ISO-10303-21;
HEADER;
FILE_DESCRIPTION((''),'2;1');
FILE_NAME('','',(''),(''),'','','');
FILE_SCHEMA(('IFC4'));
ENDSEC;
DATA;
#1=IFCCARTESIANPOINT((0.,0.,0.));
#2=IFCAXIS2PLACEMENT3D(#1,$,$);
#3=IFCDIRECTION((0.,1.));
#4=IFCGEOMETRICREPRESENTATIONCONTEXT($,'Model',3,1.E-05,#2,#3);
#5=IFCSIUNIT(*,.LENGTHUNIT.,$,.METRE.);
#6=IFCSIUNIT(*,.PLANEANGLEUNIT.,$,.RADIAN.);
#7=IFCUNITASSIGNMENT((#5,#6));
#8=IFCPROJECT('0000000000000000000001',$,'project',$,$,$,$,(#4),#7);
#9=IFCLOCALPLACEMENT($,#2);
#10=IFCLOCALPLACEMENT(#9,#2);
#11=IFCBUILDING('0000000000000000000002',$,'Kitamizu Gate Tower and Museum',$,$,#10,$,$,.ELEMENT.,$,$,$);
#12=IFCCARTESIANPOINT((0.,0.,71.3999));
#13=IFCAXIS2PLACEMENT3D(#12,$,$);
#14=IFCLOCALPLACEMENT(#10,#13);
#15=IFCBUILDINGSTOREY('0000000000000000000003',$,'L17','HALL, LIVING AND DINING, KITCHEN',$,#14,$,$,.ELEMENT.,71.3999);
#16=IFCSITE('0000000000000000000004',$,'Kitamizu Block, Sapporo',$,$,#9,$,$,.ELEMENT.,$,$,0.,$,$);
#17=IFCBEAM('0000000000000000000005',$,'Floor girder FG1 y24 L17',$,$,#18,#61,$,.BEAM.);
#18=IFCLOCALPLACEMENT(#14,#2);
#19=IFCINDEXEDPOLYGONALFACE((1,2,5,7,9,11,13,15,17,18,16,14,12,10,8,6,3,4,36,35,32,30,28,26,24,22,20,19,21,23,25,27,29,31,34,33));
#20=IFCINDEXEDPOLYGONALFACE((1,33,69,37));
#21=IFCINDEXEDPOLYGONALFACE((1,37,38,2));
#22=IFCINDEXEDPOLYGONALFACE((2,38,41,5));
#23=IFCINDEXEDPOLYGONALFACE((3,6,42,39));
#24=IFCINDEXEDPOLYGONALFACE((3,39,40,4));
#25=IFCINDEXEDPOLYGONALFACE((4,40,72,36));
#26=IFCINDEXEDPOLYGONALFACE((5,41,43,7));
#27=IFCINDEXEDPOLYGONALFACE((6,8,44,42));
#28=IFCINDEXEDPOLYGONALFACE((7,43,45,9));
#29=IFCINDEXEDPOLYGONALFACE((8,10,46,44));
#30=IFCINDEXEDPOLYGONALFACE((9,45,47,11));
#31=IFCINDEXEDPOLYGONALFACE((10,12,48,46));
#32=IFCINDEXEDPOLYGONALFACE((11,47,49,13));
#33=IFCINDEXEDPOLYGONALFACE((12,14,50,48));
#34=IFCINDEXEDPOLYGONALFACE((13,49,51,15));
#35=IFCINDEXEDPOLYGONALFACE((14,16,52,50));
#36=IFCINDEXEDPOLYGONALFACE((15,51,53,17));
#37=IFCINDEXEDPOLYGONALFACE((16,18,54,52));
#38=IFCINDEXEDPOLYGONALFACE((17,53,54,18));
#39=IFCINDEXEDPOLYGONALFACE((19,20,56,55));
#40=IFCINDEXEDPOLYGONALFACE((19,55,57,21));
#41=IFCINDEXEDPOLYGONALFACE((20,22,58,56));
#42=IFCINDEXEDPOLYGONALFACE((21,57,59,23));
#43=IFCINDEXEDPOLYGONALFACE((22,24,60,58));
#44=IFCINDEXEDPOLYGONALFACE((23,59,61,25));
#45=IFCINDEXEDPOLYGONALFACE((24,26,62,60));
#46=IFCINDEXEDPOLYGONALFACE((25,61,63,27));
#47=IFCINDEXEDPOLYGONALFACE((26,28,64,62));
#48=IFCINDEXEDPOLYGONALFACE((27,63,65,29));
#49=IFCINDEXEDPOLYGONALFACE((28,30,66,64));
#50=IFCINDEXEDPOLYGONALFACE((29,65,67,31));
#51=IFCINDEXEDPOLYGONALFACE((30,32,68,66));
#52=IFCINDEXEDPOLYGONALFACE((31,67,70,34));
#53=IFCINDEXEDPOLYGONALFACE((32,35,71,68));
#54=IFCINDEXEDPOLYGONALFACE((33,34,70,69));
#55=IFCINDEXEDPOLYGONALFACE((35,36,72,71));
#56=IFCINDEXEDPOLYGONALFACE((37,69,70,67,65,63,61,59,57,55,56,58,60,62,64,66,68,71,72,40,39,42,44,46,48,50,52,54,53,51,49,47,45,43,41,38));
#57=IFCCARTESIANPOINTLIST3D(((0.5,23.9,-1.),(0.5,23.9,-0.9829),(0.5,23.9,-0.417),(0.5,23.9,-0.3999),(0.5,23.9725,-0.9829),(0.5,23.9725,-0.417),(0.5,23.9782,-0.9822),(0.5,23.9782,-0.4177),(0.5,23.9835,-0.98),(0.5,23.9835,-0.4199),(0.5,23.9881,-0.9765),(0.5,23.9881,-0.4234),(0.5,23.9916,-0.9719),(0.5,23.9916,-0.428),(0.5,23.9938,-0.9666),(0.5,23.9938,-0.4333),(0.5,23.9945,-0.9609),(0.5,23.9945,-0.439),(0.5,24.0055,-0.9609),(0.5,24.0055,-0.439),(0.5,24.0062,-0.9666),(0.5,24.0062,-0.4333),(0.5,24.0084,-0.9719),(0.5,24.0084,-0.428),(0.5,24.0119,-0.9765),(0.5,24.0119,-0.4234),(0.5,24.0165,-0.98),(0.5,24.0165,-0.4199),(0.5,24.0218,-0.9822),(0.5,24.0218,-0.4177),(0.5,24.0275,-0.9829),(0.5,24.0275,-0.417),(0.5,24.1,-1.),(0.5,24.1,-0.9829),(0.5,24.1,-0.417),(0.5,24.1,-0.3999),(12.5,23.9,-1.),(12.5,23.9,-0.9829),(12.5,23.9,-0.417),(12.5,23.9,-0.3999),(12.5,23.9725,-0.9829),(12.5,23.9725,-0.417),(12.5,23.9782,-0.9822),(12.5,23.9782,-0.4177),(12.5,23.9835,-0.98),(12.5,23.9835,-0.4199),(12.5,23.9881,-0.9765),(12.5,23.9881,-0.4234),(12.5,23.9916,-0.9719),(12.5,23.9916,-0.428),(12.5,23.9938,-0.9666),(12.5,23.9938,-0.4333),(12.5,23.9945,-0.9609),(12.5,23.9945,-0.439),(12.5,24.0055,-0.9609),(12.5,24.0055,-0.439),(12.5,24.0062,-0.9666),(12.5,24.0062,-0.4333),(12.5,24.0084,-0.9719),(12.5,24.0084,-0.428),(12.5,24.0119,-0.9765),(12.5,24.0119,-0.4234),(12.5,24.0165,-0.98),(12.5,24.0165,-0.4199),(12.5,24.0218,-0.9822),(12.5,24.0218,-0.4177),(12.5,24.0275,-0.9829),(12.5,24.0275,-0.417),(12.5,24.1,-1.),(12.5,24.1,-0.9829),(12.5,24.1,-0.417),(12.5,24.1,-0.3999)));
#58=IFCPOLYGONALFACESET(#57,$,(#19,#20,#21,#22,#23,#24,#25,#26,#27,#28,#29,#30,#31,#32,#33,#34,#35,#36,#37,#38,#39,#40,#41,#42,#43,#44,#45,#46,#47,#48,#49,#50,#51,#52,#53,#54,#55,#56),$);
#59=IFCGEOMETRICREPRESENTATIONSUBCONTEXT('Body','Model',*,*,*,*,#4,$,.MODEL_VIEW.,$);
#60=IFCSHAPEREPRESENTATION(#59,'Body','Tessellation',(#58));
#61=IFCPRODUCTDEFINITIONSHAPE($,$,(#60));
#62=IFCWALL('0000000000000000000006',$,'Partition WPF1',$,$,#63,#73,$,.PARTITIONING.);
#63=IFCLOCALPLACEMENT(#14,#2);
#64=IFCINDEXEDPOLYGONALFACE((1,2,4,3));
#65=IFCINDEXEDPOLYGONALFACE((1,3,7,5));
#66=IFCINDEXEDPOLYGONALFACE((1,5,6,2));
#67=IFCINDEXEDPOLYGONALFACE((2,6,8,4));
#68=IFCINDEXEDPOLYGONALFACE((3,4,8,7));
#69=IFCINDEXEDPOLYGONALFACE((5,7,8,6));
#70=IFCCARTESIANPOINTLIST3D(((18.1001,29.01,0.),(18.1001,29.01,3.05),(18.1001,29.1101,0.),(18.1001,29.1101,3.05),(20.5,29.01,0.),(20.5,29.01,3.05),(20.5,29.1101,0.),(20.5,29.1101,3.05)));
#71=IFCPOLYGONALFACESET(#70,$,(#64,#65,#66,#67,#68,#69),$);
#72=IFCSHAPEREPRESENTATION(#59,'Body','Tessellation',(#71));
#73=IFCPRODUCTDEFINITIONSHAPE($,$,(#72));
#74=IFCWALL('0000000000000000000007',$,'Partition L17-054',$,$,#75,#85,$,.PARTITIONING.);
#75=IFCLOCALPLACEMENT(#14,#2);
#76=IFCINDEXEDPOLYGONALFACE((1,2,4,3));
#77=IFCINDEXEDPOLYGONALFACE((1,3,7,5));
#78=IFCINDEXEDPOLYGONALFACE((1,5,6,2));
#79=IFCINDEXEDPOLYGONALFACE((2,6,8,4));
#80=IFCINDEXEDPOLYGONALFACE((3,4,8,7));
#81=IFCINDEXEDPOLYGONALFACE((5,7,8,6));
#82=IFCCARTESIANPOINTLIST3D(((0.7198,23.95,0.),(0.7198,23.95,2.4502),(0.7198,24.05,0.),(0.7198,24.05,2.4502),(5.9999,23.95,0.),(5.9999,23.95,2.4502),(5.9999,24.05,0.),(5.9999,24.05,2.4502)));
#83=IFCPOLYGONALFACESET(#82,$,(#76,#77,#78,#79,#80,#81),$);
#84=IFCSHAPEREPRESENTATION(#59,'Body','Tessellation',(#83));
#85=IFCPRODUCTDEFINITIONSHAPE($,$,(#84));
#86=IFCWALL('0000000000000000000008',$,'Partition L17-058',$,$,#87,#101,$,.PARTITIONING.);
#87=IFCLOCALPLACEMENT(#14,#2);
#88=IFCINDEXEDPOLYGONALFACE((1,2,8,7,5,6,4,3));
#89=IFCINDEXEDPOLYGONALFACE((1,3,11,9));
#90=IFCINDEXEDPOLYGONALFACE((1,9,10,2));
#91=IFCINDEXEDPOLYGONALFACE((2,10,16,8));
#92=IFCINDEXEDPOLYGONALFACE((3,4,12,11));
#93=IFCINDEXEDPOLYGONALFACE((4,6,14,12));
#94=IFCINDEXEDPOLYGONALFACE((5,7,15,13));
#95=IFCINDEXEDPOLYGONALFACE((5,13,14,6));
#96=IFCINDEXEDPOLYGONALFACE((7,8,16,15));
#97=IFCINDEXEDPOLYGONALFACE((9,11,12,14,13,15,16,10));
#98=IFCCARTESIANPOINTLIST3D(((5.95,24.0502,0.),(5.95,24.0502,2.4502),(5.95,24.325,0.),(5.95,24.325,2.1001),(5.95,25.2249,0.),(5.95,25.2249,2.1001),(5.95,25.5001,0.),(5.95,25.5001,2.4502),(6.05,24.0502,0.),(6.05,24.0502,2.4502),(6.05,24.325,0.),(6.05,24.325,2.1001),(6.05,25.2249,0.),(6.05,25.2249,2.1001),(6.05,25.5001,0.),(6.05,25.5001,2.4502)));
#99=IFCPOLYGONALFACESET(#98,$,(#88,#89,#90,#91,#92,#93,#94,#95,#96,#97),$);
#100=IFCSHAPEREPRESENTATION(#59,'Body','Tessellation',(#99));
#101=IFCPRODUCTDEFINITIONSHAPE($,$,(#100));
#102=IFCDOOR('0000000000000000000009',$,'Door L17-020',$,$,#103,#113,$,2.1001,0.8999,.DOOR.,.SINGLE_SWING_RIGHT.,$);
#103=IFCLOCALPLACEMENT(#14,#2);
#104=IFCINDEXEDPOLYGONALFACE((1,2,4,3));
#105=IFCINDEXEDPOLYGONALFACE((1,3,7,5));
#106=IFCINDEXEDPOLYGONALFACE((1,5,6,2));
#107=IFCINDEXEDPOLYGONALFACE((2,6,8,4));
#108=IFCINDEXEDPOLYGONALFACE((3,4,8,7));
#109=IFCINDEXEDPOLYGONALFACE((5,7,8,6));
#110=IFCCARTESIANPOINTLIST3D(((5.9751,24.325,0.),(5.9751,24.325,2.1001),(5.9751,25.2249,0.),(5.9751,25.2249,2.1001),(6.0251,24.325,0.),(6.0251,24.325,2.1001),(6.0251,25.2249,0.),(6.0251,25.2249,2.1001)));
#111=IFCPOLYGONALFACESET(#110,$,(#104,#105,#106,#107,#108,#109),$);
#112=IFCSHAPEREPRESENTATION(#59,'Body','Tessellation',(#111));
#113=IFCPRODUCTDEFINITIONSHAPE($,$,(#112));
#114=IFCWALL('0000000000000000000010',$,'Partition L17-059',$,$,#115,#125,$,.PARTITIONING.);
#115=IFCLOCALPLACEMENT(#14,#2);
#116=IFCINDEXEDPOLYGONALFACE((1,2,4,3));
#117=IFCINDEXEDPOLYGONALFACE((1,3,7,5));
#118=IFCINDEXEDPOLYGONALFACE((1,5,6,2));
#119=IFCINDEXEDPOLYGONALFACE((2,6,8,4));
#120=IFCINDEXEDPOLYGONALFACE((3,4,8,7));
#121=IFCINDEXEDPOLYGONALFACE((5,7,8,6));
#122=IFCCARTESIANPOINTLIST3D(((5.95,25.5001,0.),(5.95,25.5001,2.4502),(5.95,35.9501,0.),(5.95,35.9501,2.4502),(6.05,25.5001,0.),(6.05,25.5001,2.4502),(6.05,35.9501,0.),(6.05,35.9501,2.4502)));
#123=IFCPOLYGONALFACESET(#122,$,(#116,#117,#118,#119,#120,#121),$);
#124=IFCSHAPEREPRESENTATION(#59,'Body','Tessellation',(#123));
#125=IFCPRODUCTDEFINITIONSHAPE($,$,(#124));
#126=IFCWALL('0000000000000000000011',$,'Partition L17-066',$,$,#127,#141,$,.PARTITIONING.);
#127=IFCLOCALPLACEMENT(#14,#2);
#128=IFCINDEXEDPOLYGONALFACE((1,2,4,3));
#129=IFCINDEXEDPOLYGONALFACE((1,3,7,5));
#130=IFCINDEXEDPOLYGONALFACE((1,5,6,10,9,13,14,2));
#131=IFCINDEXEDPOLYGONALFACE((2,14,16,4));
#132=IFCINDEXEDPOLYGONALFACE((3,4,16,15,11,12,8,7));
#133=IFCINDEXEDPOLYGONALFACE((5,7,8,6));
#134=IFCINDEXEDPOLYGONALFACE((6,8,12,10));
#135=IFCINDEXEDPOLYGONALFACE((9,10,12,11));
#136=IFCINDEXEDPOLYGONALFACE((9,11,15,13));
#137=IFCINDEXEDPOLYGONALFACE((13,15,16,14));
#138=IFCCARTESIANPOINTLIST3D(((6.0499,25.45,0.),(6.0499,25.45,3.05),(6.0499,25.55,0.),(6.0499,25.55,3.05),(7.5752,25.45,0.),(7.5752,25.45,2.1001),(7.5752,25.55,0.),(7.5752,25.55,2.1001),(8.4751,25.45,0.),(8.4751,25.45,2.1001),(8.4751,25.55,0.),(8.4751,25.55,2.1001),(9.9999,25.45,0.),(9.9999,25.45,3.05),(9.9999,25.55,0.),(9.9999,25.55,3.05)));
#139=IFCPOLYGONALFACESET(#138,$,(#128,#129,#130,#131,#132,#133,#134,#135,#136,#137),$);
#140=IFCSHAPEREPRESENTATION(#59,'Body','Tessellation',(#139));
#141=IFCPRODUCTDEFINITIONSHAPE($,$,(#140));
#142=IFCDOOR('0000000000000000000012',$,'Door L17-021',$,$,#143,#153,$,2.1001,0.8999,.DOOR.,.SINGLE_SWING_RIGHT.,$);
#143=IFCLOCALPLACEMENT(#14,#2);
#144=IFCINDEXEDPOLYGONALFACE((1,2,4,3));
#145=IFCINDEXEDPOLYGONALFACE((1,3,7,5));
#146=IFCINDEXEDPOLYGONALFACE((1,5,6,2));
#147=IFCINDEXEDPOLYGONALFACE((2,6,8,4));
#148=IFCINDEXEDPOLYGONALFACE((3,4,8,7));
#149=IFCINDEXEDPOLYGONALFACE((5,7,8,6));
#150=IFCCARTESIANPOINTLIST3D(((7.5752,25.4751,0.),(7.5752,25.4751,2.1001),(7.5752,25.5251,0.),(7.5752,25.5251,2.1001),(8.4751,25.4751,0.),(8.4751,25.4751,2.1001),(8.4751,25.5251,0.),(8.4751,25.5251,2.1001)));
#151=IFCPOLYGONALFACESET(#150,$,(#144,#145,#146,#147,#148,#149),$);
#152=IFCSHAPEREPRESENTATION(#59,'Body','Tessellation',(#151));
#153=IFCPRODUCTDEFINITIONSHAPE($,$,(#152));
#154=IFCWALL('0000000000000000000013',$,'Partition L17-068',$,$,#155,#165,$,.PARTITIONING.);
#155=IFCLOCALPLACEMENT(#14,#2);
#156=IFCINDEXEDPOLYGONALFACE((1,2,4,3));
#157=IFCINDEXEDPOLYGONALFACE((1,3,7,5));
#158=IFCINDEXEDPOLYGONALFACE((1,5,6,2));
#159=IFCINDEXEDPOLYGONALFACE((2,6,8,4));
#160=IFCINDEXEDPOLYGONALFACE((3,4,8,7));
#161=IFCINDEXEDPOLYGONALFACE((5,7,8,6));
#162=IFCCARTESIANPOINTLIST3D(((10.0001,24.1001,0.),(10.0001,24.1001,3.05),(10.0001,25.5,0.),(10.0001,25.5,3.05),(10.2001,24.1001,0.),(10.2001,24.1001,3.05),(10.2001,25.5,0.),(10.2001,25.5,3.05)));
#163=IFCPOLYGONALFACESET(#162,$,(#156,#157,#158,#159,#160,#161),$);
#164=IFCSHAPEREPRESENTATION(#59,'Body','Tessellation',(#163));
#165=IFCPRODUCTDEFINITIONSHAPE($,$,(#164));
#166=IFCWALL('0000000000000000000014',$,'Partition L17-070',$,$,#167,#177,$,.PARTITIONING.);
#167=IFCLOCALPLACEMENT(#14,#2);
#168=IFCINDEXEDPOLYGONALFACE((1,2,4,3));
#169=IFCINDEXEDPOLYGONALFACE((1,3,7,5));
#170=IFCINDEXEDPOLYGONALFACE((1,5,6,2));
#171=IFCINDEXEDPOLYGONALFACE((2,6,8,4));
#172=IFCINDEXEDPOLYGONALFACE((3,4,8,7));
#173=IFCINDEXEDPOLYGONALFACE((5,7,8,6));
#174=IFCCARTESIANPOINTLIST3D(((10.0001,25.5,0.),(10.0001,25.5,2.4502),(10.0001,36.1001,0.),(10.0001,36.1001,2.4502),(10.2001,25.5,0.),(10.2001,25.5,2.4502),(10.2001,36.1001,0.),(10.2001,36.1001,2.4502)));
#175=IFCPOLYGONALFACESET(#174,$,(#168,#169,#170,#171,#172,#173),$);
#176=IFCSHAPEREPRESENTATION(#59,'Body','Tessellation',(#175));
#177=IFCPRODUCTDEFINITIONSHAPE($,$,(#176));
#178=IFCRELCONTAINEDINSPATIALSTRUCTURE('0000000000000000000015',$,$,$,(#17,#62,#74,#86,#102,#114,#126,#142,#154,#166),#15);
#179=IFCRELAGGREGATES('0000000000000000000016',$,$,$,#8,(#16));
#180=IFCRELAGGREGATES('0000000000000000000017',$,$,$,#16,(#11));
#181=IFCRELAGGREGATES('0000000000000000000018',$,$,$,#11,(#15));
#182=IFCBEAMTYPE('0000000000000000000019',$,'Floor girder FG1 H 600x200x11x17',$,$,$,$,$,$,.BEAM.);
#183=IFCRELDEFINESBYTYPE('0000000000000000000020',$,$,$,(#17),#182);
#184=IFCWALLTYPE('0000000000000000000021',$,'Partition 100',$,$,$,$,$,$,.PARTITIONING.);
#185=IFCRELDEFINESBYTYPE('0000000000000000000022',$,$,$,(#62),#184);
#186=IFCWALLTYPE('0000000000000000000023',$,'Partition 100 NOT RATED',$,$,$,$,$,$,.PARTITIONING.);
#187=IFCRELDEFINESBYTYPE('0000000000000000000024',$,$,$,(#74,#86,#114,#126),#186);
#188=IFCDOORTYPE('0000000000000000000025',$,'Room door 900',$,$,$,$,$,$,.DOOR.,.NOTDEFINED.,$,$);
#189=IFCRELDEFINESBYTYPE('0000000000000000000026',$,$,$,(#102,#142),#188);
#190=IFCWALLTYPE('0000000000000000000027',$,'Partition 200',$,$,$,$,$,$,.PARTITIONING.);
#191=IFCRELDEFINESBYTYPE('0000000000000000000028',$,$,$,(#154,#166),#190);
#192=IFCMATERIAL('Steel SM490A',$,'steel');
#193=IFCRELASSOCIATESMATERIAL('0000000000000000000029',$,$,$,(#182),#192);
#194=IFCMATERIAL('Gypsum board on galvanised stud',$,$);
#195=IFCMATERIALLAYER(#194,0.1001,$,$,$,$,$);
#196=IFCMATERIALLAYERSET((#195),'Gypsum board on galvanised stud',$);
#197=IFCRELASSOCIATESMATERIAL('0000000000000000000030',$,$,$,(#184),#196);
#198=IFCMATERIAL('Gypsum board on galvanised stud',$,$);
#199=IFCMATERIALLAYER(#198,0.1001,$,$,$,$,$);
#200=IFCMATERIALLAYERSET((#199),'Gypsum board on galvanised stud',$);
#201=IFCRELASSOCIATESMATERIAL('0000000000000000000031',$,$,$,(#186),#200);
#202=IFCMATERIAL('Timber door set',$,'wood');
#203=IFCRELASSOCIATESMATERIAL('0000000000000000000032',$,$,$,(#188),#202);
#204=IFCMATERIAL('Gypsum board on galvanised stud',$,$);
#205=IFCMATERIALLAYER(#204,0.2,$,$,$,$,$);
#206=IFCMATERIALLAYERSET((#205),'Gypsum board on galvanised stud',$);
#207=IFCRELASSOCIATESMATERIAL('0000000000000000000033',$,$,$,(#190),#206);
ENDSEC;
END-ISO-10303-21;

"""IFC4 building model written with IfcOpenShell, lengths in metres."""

from ifc_helpers import new_model, si_unit, direction, frame, frame_2d, origin, origin_2d, place, context, subcontext, project, spatial, rectangle, i_section, extrude, material, layer, layer_set, material_profile, profile_set, type_object, element, fill, save


model = new_model("IFC4")

# Units and contexts
model_context = context("Model", 3, precision=1e-05, world=origin(), true_north=direction((0.0, 1.0)))
body_context = subcontext(model_context, "Body", "Model", "MODEL_VIEW")
ifc_project = project(units=[si_unit("LENGTHUNIT", "METRE"), si_unit("PLANEANGLEUNIT", "RADIAN")], contexts=[model_context])

# Site, building, storey
site_placement = place(None, origin())
site = spatial("IfcSite", under=ifc_project, at=site_placement, Name="Kitamizu Block, Sapporo", CompositionType="ELEMENT", RefElevation=0.0)
building_placement = place(site_placement, origin())
building = spatial("IfcBuilding", under=site, at=building_placement, Name="Kitamizu Gate Tower and Museum", CompositionType="ELEMENT")
storey_placement = place(building_placement, frame((0.0, 0.0, 71.3999)))
storey = spatial("IfcBuildingStorey", under=building, at=storey_placement, Name="L17", Description="HALL, LIVING AND DINING, KITCHEN", CompositionType="ELEMENT", Elevation=71.3999)

# Beam
ifc_material_1 = material(Name="Steel SM490A", Category="steel")
ifc_material_profile_1 = material_profile(ifc_material_1, i_section(OverallWidth=0.2, OverallDepth=0.6001, WebThickness=0.011, FlangeThickness=0.0171, FilletRadius=0.022, at=origin_2d()), Name="H-600x200x11x17")
ifc_profile_set_1 = profile_set([ifc_material_profile_1], Name="Steel SM490A")
beam_type_1 = type_object("IfcBeamType", Name="Floor girder FG1 H 600x200x11x17", PredefinedType="BEAM", material=ifc_profile_set_1)
beam_1_placement = place(storey_placement, frame((0.5, 24.0, -0.7), z_axis=(1.0, 0.0, 0.0), x_axis=(0.0, 1.0, 0.0)))
element("IfcBeam", 1, at=beam_1_placement, inside=storey, type_object=beam_type_1, Name="Floor girder FG1 y24 L17", PredefinedType="BEAM", context=body_context, shape_type="SweptSolid", body=[
    extrude(i_section(OverallWidth=0.2, OverallDepth=0.6001, WebThickness=0.011, FlangeThickness=0.0171, FilletRadius=0.022, at=origin_2d()), origin(), (0.0, 0.0, 1.0), 12.0),
])

# Walls
ifc_material_2 = material(Name="Gypsum board on galvanised stud")
ifc_layer_1 = layer(ifc_material_2, 0.1001)
ifc_layer_set_1 = layer_set([ifc_layer_1], Name="Gypsum board on galvanised stud")
wall_type_1 = type_object("IfcWallType", Name="Partition 100", PredefinedType="PARTITIONING", material=ifc_layer_set_1)
wall_1_placement = place(storey_placement, frame((18.1001, 29.0601, 0.0), z_axis=(0.0, 0.0, 1.0), x_axis=(1.0, 0.0, 0.0)))
element("IfcWall", 2, at=wall_1_placement, inside=storey, type_object=wall_type_1, Name="Partition WPF1", PredefinedType="PARTITIONING", context=body_context, shape_type="SweptSolid", body=[
    extrude(rectangle(XDim=2.3999, YDim=0.1001, at=frame_2d((1.2, 0.0))), origin(), (0.0, 0.0, 1.0), 3.05),
])
ifc_material_3 = material(Name="Gypsum board on galvanised stud")
ifc_layer_2 = layer(ifc_material_3, 0.1001)
ifc_layer_set_2 = layer_set([ifc_layer_2], Name="Gypsum board on galvanised stud")
wall_type_2 = type_object("IfcWallType", Name="Partition 100 NOT RATED", PredefinedType="PARTITIONING", material=ifc_layer_set_2)
wall_2_placement = place(storey_placement, frame((6.0, 24.0, 0.0), z_axis=(0.0, 0.0, 1.0), x_axis=(-1.0, 0.0, 0.0)))
element("IfcWall", 3, at=wall_2_placement, inside=storey, type_object=wall_type_2, Name="Partition L17-054", PredefinedType="PARTITIONING", context=body_context, shape_type="SweptSolid", body=[
    extrude(rectangle(XDim=5.28, YDim=0.1001, at=frame_2d((2.6401, 0.0))), origin(), (0.0, 0.0, 1.0), 2.4502),
])

# Wall, opening, door
wall_3_placement = place(storey_placement, frame((6.0, 24.05, 0.0), z_axis=(0.0, 0.0, 1.0), x_axis=(0.0, 1.0, 0.0)))
wall_3 = element("IfcWall", 4, at=wall_3_placement, inside=storey, type_object=wall_type_2, Name="Partition L17-058", PredefinedType="PARTITIONING", context=body_context, shape_type="SweptSolid", body=[
    extrude(rectangle(XDim=1.45, YDim=0.1001, at=frame_2d((0.7251, 0.0))), origin(), (0.0, 0.0, 1.0), 2.4502),
])
opening_1_placement = place(wall_3_placement, frame((0.2749, 0.0, 0.0)))
opening_1 = element("IfcOpeningElement", 5, at=opening_1_placement, cuts=wall_3, PredefinedType="OPENING", context=body_context, shape_type="SweptSolid", body=[
    extrude(rectangle(XDim=0.8999, YDim=2.1001, at=frame_2d((0.45, 1.05))), frame((0.0, 0.0601, 0.0), z_axis=(0.0, -1.0, 0.0), x_axis=(1.0, 0.0, 0.0)), (0.0, 0.0, 1.0), 0.1201),
])
ifc_material_4 = material(Name="Timber door set", Category="wood")
door_type_1 = type_object("IfcDoorType", Name="Room door 900", OperationType="NOTDEFINED", PredefinedType="DOOR", material=ifc_material_4)
door_1_placement = place(opening_1_placement, origin())
door_1 = element("IfcDoor", 6, at=door_1_placement, inside=storey, type_object=door_type_1, Name="Door L17-020", OperationType="SINGLE_SWING_RIGHT", OverallHeight=2.1001, OverallWidth=0.8999, PredefinedType="DOOR", context=body_context, shape_type="SweptSolid", body=[
    extrude(rectangle(XDim=0.8999, YDim=2.1001, at=frame_2d((0.45, 1.05))), frame((0.0, 0.0249, 0.0), z_axis=(0.0, -1.0, 0.0), x_axis=(1.0, 0.0, 0.0)), (0.0, 0.0, 1.0), 0.05),
])
fill(opening_1, door_1)

# Wall
wall_4_placement = place(storey_placement, frame((6.0, 25.5, 0.0), z_axis=(0.0, 0.0, 1.0), x_axis=(0.0, 1.0, 0.0)))
element("IfcWall", 7, at=wall_4_placement, inside=storey, type_object=wall_type_2, Name="Partition L17-059", PredefinedType="PARTITIONING", context=body_context, shape_type="SweptSolid", body=[
    extrude(rectangle(XDim=10.45, YDim=0.1001, at=frame_2d((5.2251, 0.0))), origin(), (0.0, 0.0, 1.0), 2.4502),
])

# Wall, opening, door
wall_5_placement = place(storey_placement, frame((10.0, 25.5, 0.0), z_axis=(0.0, 0.0, 1.0), x_axis=(-1.0, 0.0, 0.0)))
wall_5 = element("IfcWall", 8, at=wall_5_placement, inside=storey, type_object=wall_type_2, Name="Partition L17-066", PredefinedType="PARTITIONING", context=body_context, shape_type="SweptSolid", body=[
    extrude(rectangle(XDim=3.95, YDim=0.1001, at=frame_2d((1.9751, 0.0))), origin(), (0.0, 0.0, 1.0), 3.05),
])
opening_2_placement = place(wall_5_placement, frame((1.5249, 0.0, 0.0)))
opening_2 = element("IfcOpeningElement", 9, at=opening_2_placement, cuts=wall_5, PredefinedType="OPENING", context=body_context, shape_type="SweptSolid", body=[
    extrude(rectangle(XDim=0.8999, YDim=2.1001, at=frame_2d((0.45, 1.05))), frame((0.0, 0.0601, 0.0), z_axis=(0.0, -1.0, 0.0), x_axis=(1.0, 0.0, 0.0)), (0.0, 0.0, 1.0), 0.1201),
])
door_2_placement = place(opening_2_placement, origin())
door_2 = element("IfcDoor", 10, at=door_2_placement, inside=storey, type_object=door_type_1, Name="Door L17-021", OperationType="SINGLE_SWING_RIGHT", OverallHeight=2.1001, OverallWidth=0.8999, PredefinedType="DOOR", context=body_context, shape_type="SweptSolid", body=[
    extrude(rectangle(XDim=0.8999, YDim=2.1001, at=frame_2d((0.45, 1.05))), frame((0.0, 0.0249, 0.0), z_axis=(0.0, -1.0, 0.0), x_axis=(1.0, 0.0, 0.0)), (0.0, 0.0, 1.0), 0.05),
])
fill(opening_2, door_2)

# Walls
ifc_material_5 = material(Name="Gypsum board on galvanised stud")
ifc_layer_3 = layer(ifc_material_5, 0.2)
ifc_layer_set_3 = layer_set([ifc_layer_3], Name="Gypsum board on galvanised stud")
wall_type_3 = type_object("IfcWallType", Name="Partition 200", PredefinedType="PARTITIONING", material=ifc_layer_set_3)
wall_6_placement = place(storey_placement, frame((10.1001, 24.1001, 0.0), z_axis=(0.0, 0.0, 1.0), x_axis=(0.0, 1.0, 0.0)))
element("IfcWall", 11, at=wall_6_placement, inside=storey, type_object=wall_type_3, Name="Partition L17-068", PredefinedType="PARTITIONING", context=body_context, shape_type="SweptSolid", body=[
    extrude(rectangle(XDim=1.3999, YDim=0.2, at=frame_2d((0.7, 0.0))), origin(), (0.0, 0.0, 1.0), 3.05),
])
wall_7_placement = place(storey_placement, frame((10.1001, 25.5, 0.0), z_axis=(0.0, 0.0, 1.0), x_axis=(0.0, 1.0, 0.0)))
element("IfcWall", 12, at=wall_7_placement, inside=storey, type_object=wall_type_3, Name="Partition L17-070", PredefinedType="PARTITIONING", context=body_context, shape_type="SweptSolid", body=[
    extrude(rectangle(XDim=10.6001, YDim=0.2, at=frame_2d((5.3, 0.0))), origin(), (0.0, 0.0, 1.0), 2.4502),
])

save(model, "model.ifc")
